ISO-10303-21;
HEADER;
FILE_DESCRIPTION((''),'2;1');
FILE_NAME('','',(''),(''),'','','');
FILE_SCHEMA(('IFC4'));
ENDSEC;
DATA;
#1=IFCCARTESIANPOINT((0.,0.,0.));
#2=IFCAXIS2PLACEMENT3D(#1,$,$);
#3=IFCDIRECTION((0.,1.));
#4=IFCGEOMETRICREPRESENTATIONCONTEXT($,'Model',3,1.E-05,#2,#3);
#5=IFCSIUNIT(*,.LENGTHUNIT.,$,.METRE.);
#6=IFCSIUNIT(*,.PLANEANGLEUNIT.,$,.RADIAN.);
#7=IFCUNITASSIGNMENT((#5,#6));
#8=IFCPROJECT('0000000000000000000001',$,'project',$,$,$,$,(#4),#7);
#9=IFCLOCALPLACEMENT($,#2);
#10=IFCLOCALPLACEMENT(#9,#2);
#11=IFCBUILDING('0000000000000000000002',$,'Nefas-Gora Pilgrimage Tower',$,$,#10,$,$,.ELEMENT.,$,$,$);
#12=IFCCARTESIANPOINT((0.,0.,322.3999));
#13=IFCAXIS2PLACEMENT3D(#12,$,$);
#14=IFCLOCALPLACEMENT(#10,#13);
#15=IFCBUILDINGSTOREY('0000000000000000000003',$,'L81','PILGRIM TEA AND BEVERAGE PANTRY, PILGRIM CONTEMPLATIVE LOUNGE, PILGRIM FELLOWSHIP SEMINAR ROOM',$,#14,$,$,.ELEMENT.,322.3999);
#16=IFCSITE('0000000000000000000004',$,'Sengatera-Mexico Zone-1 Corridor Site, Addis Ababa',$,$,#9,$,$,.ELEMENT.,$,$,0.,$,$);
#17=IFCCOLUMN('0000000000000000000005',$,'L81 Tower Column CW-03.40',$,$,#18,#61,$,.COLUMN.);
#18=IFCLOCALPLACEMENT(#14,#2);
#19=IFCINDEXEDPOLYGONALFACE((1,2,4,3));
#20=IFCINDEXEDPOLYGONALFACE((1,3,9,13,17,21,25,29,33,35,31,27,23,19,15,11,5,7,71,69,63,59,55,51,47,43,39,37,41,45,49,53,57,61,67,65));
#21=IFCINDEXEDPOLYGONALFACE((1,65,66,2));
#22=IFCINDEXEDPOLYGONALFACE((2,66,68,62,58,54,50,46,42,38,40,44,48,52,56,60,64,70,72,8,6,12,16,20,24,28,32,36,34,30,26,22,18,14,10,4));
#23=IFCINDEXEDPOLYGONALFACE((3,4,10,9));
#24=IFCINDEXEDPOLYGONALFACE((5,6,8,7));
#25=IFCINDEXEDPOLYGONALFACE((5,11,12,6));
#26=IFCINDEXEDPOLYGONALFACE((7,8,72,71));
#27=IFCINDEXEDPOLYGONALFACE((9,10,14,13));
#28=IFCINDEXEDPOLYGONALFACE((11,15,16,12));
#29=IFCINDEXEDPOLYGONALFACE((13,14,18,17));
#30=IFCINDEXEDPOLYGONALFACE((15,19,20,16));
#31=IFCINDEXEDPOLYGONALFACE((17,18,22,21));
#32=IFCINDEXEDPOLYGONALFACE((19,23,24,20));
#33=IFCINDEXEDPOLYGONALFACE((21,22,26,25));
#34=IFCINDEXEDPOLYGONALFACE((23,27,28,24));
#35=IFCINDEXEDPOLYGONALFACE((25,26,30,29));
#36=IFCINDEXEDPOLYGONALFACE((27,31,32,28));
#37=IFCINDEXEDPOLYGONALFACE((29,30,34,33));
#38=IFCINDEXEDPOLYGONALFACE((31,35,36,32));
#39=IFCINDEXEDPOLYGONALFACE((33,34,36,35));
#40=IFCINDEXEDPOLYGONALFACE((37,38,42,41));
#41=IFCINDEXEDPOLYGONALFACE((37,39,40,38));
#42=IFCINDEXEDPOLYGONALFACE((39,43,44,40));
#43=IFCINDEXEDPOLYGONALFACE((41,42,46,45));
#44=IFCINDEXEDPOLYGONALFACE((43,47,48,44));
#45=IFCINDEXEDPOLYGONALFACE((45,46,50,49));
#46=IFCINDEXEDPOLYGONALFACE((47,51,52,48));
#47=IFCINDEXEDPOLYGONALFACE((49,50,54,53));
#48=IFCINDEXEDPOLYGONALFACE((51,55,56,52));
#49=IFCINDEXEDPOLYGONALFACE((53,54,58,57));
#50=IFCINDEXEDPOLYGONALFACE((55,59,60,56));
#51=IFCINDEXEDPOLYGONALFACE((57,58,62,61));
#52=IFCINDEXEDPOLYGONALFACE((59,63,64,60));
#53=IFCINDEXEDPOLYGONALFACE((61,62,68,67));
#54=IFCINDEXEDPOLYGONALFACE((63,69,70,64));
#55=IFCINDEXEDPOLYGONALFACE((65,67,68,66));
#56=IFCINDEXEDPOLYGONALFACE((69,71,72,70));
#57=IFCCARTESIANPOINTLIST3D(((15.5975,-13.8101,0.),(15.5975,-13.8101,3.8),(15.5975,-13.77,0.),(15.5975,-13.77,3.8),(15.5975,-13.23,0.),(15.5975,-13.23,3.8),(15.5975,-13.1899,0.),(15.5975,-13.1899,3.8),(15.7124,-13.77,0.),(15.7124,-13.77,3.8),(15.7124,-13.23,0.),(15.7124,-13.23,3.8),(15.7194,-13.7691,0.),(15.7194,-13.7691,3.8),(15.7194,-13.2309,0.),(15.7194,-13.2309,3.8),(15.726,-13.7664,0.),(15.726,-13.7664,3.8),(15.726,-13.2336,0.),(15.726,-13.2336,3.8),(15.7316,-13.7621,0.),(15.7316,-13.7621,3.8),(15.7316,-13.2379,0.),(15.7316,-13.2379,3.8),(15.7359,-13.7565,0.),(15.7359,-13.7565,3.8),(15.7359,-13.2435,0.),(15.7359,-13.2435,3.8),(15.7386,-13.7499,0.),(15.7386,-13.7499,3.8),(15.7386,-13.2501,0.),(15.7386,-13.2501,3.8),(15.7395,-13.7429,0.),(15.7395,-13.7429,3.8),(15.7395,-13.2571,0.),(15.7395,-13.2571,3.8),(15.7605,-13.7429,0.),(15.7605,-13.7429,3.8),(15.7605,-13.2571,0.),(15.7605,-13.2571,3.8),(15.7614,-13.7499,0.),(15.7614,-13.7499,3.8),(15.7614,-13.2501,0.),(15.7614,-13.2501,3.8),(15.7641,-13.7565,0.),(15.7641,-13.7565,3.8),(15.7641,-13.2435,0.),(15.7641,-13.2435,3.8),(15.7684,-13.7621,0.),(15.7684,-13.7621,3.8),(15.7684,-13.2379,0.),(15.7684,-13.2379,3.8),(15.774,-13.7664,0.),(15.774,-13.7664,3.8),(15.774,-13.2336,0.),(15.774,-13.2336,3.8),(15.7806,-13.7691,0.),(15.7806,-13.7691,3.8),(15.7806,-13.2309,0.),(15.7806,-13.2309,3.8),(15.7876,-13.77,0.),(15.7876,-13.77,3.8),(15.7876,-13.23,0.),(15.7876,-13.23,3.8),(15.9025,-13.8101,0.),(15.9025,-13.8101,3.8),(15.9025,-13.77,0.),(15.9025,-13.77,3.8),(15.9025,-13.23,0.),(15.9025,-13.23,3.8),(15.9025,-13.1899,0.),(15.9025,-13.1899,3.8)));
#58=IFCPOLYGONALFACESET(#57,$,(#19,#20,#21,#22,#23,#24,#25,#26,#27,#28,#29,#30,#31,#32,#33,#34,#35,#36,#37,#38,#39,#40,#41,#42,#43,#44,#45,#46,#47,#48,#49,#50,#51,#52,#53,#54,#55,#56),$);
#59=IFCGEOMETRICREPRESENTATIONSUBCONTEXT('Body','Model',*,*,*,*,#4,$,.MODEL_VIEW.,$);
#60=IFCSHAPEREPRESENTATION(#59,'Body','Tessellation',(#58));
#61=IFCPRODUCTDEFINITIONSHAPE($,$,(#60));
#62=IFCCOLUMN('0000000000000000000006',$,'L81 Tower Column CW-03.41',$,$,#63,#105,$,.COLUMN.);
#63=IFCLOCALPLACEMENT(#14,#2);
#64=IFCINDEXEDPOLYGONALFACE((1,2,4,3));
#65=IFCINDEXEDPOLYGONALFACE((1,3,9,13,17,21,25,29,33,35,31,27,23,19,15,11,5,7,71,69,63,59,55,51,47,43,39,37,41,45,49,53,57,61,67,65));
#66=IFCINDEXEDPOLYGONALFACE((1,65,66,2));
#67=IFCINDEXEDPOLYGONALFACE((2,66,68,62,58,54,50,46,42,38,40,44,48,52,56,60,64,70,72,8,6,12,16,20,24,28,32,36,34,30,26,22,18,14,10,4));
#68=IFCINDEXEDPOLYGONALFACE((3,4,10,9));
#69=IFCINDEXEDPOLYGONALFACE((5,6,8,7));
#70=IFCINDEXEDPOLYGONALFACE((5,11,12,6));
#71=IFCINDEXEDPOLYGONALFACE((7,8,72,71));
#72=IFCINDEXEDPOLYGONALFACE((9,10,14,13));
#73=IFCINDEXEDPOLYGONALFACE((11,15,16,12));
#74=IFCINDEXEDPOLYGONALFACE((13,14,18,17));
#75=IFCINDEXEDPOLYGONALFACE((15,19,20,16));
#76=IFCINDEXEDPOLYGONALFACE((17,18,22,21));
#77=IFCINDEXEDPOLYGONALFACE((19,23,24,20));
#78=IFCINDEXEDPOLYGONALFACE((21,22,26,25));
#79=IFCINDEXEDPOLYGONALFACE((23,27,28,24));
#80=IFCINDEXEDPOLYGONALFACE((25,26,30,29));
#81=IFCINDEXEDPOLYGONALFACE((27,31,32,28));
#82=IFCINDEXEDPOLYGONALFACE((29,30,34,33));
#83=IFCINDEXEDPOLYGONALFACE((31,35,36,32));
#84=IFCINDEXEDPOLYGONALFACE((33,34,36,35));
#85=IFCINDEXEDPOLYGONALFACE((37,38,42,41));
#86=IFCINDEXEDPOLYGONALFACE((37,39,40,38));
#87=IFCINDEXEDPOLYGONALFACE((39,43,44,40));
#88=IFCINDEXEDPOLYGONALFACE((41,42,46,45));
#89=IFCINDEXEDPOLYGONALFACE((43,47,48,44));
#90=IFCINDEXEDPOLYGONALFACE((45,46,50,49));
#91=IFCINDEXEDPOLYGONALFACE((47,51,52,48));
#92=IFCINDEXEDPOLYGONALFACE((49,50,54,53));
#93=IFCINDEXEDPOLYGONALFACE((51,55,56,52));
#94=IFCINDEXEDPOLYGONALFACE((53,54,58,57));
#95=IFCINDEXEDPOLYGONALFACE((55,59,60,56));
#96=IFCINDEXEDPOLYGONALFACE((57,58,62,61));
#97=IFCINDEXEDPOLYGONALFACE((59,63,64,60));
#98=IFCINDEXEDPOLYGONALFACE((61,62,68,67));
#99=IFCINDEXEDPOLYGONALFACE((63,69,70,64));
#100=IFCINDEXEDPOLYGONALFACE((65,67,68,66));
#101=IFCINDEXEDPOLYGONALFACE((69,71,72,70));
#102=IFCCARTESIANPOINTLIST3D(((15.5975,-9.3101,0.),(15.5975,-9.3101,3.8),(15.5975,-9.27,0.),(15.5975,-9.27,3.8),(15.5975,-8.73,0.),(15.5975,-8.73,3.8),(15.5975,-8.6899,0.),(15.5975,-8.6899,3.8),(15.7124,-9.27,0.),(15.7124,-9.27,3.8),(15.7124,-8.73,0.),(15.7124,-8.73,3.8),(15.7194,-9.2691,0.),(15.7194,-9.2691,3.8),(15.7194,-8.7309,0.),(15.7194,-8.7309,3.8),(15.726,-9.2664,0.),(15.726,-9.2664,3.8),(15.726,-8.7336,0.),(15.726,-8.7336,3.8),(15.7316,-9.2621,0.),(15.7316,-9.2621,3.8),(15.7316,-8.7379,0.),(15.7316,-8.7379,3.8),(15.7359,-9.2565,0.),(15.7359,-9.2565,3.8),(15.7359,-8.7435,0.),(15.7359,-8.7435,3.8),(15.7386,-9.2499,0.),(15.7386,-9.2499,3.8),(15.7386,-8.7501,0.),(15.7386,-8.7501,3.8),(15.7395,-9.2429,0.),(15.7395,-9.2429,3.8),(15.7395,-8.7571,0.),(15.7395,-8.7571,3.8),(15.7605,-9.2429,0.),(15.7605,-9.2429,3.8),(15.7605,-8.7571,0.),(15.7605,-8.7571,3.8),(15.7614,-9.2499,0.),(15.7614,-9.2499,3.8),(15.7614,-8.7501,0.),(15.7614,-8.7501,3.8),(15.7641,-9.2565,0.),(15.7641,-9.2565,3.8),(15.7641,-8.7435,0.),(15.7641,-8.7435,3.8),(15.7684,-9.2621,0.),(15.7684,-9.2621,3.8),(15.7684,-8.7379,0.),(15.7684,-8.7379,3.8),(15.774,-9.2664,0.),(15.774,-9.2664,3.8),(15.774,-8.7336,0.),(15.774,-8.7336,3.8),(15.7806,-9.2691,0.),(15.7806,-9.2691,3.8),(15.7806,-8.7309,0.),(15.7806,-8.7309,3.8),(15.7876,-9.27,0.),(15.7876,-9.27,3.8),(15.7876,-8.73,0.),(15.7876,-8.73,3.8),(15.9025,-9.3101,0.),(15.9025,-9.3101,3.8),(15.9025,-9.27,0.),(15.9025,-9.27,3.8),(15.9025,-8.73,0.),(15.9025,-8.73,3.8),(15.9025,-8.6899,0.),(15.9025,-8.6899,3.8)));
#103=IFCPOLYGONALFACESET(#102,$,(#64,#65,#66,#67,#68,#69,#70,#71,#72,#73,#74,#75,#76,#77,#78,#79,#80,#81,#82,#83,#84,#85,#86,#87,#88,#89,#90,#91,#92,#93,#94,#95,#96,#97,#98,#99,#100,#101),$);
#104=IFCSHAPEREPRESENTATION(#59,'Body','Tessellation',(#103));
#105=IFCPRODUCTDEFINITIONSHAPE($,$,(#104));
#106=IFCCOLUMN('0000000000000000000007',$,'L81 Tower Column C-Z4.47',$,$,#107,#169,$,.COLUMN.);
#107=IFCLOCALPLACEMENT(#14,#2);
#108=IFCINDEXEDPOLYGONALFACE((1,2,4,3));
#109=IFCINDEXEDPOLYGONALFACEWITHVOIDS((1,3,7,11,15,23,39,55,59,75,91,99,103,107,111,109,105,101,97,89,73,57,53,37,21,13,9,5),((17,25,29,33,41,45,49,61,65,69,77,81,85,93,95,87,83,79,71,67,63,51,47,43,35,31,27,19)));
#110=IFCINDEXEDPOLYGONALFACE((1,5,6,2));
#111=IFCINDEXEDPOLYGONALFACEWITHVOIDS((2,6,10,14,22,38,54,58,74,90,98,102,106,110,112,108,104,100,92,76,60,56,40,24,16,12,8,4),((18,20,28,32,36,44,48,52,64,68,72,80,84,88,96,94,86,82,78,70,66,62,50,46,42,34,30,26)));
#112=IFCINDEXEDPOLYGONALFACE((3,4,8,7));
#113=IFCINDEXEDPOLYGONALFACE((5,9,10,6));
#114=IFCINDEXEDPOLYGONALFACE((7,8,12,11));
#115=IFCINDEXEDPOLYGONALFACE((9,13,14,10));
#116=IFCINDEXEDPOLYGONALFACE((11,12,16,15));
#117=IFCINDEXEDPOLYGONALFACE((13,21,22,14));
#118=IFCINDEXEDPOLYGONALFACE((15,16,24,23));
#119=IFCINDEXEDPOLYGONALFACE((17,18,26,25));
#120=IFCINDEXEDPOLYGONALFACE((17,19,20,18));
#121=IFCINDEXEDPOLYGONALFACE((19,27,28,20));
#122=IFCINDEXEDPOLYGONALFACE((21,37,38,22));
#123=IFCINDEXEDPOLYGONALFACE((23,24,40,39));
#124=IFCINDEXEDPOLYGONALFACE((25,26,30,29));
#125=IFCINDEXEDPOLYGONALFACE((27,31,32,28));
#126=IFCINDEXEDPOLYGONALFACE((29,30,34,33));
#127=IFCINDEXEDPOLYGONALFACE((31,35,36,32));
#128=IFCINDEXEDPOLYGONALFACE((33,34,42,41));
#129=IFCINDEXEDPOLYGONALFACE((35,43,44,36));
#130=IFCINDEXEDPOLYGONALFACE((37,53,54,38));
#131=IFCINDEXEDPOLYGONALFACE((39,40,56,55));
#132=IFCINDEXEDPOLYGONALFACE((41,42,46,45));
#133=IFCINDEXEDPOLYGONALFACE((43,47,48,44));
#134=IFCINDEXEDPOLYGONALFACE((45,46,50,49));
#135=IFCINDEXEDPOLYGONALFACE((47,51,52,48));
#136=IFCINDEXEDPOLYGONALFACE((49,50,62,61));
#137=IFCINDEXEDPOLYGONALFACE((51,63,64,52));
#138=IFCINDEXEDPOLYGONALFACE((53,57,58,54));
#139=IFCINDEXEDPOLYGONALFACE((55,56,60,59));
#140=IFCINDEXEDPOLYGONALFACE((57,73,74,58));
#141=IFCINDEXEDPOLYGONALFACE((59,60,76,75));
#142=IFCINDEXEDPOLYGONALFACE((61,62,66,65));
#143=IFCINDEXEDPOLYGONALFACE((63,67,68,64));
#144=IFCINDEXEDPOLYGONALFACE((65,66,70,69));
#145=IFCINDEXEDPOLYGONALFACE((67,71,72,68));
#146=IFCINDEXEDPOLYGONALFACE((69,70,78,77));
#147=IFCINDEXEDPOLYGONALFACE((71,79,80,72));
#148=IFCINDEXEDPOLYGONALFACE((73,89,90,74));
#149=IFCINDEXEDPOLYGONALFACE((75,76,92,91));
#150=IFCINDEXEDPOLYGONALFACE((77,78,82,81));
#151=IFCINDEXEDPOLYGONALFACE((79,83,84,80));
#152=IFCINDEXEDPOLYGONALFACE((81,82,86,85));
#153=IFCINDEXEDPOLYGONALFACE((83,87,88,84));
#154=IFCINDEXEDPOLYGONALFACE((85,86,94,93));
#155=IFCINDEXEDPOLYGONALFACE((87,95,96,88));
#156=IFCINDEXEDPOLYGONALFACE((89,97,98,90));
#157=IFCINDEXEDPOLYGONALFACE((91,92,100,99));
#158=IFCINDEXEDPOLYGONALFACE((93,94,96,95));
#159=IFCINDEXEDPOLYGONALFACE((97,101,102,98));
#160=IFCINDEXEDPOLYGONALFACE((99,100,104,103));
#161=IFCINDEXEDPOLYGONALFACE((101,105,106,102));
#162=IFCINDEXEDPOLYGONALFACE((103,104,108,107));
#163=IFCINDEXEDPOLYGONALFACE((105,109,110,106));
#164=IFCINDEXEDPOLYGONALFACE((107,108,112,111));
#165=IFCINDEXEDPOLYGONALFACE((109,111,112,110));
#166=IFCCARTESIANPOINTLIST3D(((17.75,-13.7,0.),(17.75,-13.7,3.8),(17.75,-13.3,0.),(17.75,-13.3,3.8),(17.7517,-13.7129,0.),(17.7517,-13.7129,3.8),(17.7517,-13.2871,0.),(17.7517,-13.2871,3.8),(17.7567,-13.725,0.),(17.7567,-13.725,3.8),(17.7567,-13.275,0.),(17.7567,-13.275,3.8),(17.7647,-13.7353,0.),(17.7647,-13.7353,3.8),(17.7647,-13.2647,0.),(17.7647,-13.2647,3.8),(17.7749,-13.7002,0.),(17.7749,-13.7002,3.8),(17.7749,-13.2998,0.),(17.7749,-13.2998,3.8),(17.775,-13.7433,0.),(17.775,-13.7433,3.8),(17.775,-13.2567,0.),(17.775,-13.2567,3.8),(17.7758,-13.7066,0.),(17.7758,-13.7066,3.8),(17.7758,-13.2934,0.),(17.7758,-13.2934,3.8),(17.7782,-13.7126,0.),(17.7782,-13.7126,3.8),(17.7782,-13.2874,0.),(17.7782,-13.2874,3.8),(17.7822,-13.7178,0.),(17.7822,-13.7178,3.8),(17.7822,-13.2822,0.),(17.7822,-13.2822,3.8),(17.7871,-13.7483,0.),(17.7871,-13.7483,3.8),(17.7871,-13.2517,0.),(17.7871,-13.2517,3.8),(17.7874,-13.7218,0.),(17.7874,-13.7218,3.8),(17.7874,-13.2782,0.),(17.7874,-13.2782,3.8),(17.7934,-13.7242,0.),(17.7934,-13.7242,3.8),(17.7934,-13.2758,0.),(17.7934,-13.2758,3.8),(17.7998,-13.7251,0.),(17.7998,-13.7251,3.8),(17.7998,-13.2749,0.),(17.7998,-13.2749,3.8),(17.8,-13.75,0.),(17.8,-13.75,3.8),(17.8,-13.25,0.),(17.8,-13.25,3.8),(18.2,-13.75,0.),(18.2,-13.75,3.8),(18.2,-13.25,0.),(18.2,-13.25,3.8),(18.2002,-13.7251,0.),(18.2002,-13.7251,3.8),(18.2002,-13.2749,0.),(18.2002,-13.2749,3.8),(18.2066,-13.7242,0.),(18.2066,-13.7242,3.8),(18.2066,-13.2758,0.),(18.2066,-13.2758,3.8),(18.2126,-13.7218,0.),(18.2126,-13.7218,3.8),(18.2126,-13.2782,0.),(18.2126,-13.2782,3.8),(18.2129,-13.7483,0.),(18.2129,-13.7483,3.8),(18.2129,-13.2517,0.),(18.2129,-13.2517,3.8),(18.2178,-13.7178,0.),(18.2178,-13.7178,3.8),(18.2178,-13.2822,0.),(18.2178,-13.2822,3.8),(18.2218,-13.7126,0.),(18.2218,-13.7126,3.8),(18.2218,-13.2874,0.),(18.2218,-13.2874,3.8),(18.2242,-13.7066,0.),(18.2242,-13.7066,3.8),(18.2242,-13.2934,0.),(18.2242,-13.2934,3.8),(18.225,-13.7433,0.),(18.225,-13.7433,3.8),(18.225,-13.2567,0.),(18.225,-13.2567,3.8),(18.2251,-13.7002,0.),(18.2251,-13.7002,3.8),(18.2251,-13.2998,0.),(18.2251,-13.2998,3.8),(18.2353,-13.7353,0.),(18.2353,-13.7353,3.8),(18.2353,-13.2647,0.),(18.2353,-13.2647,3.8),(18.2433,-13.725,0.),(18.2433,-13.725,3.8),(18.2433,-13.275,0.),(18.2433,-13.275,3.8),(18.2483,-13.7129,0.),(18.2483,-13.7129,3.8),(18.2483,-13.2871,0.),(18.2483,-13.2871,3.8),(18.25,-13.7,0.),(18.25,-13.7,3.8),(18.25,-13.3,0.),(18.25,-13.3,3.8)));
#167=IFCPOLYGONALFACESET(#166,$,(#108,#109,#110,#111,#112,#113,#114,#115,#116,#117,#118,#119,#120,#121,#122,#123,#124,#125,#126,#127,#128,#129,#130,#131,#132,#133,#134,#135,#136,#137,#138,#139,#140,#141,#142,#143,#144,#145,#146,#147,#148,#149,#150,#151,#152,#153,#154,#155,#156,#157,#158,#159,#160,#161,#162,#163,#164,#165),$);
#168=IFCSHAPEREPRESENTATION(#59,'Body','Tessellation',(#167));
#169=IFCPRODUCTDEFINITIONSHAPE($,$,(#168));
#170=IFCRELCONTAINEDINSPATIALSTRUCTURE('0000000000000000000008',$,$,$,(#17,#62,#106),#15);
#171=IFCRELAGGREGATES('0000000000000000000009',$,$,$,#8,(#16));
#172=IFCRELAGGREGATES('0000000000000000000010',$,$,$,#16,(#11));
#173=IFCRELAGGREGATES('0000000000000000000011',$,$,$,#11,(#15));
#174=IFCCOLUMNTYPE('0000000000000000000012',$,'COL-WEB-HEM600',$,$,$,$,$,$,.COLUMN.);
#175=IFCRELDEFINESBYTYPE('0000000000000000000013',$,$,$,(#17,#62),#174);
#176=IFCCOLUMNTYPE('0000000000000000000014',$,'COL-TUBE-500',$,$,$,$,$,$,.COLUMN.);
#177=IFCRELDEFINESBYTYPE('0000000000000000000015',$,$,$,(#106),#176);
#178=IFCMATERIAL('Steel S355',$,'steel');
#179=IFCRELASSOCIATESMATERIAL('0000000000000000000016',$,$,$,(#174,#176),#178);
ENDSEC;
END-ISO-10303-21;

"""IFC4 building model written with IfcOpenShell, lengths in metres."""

from ifc_helpers import new_model, si_unit, direction, frame, origin, origin_2d, place, context, subcontext, project, spatial, hollow_rectangle, i_section, extrude, source, transform, mapped, material, material_profile, profile_set, type_object, element, save


model = new_model("IFC4")

# Units and contexts
model_context = context("Model", 3, precision=1e-05, world=origin(), true_north=direction((0.0, 1.0)))
body_context = subcontext(model_context, "Body", "Model", "MODEL_VIEW")
ifc_project = project(units=[si_unit("LENGTHUNIT", "METRE"), si_unit("PLANEANGLEUNIT", "RADIAN")], contexts=[model_context])

# Site, building, storey
site_placement = place(None, origin())
site = spatial("IfcSite", under=ifc_project, at=site_placement, Name="Sengatera-Mexico Zone-1 Corridor Site, Addis Ababa", CompositionType="ELEMENT", RefElevation=0.0)
building_placement = place(site_placement, origin())
building = spatial("IfcBuilding", under=site, at=building_placement, Name="Nefas-Gora Pilgrimage Tower", CompositionType="ELEMENT")
storey_placement = place(building_placement, frame((0.0, 0.0, 322.3999)))
storey = spatial("IfcBuildingStorey", under=building, at=storey_placement, Name="L81", Description="PILGRIM TEA AND BEVERAGE PANTRY, PILGRIM CONTEMPLATIVE LOUNGE, PILGRIM FELLOWSHIP SEMINAR ROOM", CompositionType="ELEMENT", Elevation=322.3999)

# Columns
ifc_material_1 = material(Name="Steel S355", Category="steel")
ifc_material_profile_1 = material_profile(ifc_material_1, i_section(OverallWidth=0.3049, OverallDepth=0.6201, WebThickness=0.021, FlangeThickness=0.04, FilletRadius=0.0271, at=origin_2d()), Name="HEM 600")
ifc_profile_set_1 = profile_set([ifc_material_profile_1], Name="Steel S355")
column_type_1 = type_object("IfcColumnType", Name="COL-WEB-HEM600", PredefinedType="COLUMN", material=ifc_profile_set_1)
shared_shape_1 = source(origin(), body_context, "Body", "SweptSolid", [
    extrude(i_section(OverallWidth=0.3049, OverallDepth=0.6201, WebThickness=0.021, FlangeThickness=0.04, FilletRadius=0.0271, at=origin_2d()), origin(), (0.0, 0.0, 1.0), 3.8),
])
for number, where, z_axis, x_axis, name in (
    (1, (15.75, -13.5, 0.0), (0.0, 0.0, 1.0), (1.0, 0.0, 0.0), "L81 Tower Column CW-03.40"),
    (2, (15.75, -9.0, 0.0), (0.0, 0.0, 1.0), (1.0, 0.0, 0.0), "L81 Tower Column CW-03.41"),
):
    element("IfcColumn", number, at=place(storey_placement, frame(where, z_axis=z_axis, x_axis=x_axis)), inside=storey, type_object=column_type_1, Name=name, PredefinedType="COLUMN", context=body_context, shape_type="MappedRepresentation", body=[
        mapped(shared_shape_1, transform((0.0, 0.0, 0.0), x_axis=(1.0, 0.0, 0.0), y_axis=(0.0, 1.0, 0.0), z_axis=(0.0, 0.0, 1.0), scale=1.0)),
    ])
ifc_material_profile_2 = material_profile(ifc_material_1, hollow_rectangle(XDim=0.5, YDim=0.5, WallThickness=0.0249, InnerFilletRadius=0.0249, OuterFilletRadius=0.05, at=origin_2d()), Name="SHS 500x500x25")
ifc_profile_set_2 = profile_set([ifc_material_profile_2], Name="Steel S355")
column_type_2 = type_object("IfcColumnType", Name="COL-TUBE-500", PredefinedType="COLUMN", material=ifc_profile_set_2)
shared_shape_2 = source(origin(), body_context, "Body", "SweptSolid", [
    extrude(hollow_rectangle(XDim=0.5, YDim=0.5, WallThickness=0.0249, InnerFilletRadius=0.0249, OuterFilletRadius=0.05, at=origin_2d()), origin(), (0.0, 0.0, 1.0), 3.8),
])
for number, where, z_axis, x_axis, name in (
    (3, (18.0, -13.5, 0.0), (0.0, 0.0, 1.0), (1.0, 0.0, 0.0), "L81 Tower Column C-Z4.47"),
):
    element("IfcColumn", number, at=place(storey_placement, frame(where, z_axis=z_axis, x_axis=x_axis)), inside=storey, type_object=column_type_2, Name=name, PredefinedType="COLUMN", context=body_context, shape_type="MappedRepresentation", body=[
        mapped(shared_shape_2, transform((0.0, 0.0, 0.0), x_axis=(1.0, 0.0, 0.0), y_axis=(0.0, 1.0, 0.0), z_axis=(0.0, 0.0, 1.0), scale=1.0)),
    ])

save(model, "model.ifc")
